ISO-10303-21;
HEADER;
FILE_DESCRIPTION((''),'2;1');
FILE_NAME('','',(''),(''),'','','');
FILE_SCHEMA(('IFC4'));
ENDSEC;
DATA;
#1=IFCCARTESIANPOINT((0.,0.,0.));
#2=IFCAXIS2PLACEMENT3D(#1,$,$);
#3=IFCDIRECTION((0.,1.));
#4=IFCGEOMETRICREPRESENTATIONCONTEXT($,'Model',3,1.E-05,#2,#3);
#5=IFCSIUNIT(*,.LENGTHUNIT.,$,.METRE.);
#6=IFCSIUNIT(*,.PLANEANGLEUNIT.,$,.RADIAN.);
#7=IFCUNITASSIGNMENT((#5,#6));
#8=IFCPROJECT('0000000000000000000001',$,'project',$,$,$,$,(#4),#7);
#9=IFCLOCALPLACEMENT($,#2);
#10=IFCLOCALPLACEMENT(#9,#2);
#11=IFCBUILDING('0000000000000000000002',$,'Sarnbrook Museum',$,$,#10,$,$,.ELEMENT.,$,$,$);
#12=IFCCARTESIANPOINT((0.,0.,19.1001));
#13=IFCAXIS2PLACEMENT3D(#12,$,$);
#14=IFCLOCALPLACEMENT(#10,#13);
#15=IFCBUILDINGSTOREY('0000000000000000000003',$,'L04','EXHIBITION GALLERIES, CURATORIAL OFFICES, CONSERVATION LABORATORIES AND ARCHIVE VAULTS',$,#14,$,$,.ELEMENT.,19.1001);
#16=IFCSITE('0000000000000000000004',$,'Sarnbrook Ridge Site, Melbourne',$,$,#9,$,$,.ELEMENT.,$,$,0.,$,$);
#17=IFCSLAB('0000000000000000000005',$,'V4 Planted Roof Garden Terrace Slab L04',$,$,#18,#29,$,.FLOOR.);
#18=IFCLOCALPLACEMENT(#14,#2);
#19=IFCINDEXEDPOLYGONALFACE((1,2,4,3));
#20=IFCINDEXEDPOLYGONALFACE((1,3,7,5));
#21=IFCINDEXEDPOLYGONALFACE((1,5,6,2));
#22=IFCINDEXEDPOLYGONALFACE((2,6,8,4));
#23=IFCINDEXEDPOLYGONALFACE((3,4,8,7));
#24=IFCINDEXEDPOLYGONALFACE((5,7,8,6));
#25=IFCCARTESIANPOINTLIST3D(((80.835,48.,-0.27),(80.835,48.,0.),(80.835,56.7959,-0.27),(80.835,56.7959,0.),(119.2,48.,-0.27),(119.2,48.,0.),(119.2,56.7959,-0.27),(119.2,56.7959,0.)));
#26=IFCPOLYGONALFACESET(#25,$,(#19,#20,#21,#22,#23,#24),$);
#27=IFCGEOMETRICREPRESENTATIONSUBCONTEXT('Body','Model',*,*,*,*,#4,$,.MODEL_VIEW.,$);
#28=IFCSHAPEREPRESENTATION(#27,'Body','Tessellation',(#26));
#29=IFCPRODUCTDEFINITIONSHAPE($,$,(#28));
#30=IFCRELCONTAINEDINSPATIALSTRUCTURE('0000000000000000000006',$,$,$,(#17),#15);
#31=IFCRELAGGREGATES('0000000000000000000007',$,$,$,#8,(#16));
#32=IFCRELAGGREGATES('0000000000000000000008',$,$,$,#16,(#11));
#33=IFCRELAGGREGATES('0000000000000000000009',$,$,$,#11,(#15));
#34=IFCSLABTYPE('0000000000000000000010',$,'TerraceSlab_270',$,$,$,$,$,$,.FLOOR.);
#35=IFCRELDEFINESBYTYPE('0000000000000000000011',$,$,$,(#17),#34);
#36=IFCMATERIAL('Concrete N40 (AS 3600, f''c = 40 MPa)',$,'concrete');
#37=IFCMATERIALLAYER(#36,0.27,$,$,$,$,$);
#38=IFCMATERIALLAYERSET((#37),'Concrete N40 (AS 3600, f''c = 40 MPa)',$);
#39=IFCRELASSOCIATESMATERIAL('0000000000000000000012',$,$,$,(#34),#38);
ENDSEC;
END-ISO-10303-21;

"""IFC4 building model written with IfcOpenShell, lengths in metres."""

from ifc_helpers import new_model, si_unit, direction, frame, origin, place, context, subcontext, project, spatial, polyline, outline, extrude, material, layer, layer_set, type_object, element, save


model = new_model("IFC4")

# Units and contexts
model_context = context("Model", 3, precision=1e-05, world=origin(), true_north=direction((0.0, 1.0)))
body_context = subcontext(model_context, "Body", "Model", "MODEL_VIEW")
ifc_project = project(units=[si_unit("LENGTHUNIT", "METRE"), si_unit("PLANEANGLEUNIT", "RADIAN")], contexts=[model_context])

# Site, building, storey
site_placement = place(None, origin())
site = spatial("IfcSite", under=ifc_project, at=site_placement, Name="Sarnbrook Ridge Site, Melbourne", CompositionType="ELEMENT", RefElevation=0.0)
building_placement = place(site_placement, origin())
building = spatial("IfcBuilding", under=site, at=building_placement, Name="Sarnbrook Museum", CompositionType="ELEMENT")
storey_placement = place(building_placement, frame((0.0, 0.0, 19.1001)))
storey = spatial("IfcBuildingStorey", under=building, at=storey_placement, Name="L04", Description="EXHIBITION GALLERIES, CURATORIAL OFFICES, CONSERVATION LABORATORIES AND ARCHIVE VAULTS", CompositionType="ELEMENT", Elevation=19.1001)

# Shared definitions
ifc_material_1 = material(Name="Concrete N40 (AS 3600, f'c = 40 MPa)", Category="concrete")

# Slab
ifc_layer_1 = layer(ifc_material_1, 0.27)
ifc_layer_set_1 = layer_set([ifc_layer_1], Name="Concrete N40 (AS 3600, f'c = 40 MPa)")
slab_type_1 = type_object("IfcSlabType", Name="TerraceSlab_270", PredefinedType="FLOOR", material=ifc_layer_set_1)
slab_1_placement = place(storey_placement, frame((0.0, 0.0, -0.27)))
element("IfcSlab", 1, at=slab_1_placement, inside=storey, type_object=slab_type_1, Name="V4 Planted Roof Garden Terrace Slab L04", PredefinedType="FLOOR", context=body_context, shape_type="SweptSolid", body=[
    extrude(outline(polyline([(119.2, 48.0), (80.835, 48.0), (80.835, 56.7959), (119.2, 56.7959), (119.2, 48.0)])), origin(), (0.0, 0.0, 1.0), 0.27),
])

save(model, "model.ifc")
